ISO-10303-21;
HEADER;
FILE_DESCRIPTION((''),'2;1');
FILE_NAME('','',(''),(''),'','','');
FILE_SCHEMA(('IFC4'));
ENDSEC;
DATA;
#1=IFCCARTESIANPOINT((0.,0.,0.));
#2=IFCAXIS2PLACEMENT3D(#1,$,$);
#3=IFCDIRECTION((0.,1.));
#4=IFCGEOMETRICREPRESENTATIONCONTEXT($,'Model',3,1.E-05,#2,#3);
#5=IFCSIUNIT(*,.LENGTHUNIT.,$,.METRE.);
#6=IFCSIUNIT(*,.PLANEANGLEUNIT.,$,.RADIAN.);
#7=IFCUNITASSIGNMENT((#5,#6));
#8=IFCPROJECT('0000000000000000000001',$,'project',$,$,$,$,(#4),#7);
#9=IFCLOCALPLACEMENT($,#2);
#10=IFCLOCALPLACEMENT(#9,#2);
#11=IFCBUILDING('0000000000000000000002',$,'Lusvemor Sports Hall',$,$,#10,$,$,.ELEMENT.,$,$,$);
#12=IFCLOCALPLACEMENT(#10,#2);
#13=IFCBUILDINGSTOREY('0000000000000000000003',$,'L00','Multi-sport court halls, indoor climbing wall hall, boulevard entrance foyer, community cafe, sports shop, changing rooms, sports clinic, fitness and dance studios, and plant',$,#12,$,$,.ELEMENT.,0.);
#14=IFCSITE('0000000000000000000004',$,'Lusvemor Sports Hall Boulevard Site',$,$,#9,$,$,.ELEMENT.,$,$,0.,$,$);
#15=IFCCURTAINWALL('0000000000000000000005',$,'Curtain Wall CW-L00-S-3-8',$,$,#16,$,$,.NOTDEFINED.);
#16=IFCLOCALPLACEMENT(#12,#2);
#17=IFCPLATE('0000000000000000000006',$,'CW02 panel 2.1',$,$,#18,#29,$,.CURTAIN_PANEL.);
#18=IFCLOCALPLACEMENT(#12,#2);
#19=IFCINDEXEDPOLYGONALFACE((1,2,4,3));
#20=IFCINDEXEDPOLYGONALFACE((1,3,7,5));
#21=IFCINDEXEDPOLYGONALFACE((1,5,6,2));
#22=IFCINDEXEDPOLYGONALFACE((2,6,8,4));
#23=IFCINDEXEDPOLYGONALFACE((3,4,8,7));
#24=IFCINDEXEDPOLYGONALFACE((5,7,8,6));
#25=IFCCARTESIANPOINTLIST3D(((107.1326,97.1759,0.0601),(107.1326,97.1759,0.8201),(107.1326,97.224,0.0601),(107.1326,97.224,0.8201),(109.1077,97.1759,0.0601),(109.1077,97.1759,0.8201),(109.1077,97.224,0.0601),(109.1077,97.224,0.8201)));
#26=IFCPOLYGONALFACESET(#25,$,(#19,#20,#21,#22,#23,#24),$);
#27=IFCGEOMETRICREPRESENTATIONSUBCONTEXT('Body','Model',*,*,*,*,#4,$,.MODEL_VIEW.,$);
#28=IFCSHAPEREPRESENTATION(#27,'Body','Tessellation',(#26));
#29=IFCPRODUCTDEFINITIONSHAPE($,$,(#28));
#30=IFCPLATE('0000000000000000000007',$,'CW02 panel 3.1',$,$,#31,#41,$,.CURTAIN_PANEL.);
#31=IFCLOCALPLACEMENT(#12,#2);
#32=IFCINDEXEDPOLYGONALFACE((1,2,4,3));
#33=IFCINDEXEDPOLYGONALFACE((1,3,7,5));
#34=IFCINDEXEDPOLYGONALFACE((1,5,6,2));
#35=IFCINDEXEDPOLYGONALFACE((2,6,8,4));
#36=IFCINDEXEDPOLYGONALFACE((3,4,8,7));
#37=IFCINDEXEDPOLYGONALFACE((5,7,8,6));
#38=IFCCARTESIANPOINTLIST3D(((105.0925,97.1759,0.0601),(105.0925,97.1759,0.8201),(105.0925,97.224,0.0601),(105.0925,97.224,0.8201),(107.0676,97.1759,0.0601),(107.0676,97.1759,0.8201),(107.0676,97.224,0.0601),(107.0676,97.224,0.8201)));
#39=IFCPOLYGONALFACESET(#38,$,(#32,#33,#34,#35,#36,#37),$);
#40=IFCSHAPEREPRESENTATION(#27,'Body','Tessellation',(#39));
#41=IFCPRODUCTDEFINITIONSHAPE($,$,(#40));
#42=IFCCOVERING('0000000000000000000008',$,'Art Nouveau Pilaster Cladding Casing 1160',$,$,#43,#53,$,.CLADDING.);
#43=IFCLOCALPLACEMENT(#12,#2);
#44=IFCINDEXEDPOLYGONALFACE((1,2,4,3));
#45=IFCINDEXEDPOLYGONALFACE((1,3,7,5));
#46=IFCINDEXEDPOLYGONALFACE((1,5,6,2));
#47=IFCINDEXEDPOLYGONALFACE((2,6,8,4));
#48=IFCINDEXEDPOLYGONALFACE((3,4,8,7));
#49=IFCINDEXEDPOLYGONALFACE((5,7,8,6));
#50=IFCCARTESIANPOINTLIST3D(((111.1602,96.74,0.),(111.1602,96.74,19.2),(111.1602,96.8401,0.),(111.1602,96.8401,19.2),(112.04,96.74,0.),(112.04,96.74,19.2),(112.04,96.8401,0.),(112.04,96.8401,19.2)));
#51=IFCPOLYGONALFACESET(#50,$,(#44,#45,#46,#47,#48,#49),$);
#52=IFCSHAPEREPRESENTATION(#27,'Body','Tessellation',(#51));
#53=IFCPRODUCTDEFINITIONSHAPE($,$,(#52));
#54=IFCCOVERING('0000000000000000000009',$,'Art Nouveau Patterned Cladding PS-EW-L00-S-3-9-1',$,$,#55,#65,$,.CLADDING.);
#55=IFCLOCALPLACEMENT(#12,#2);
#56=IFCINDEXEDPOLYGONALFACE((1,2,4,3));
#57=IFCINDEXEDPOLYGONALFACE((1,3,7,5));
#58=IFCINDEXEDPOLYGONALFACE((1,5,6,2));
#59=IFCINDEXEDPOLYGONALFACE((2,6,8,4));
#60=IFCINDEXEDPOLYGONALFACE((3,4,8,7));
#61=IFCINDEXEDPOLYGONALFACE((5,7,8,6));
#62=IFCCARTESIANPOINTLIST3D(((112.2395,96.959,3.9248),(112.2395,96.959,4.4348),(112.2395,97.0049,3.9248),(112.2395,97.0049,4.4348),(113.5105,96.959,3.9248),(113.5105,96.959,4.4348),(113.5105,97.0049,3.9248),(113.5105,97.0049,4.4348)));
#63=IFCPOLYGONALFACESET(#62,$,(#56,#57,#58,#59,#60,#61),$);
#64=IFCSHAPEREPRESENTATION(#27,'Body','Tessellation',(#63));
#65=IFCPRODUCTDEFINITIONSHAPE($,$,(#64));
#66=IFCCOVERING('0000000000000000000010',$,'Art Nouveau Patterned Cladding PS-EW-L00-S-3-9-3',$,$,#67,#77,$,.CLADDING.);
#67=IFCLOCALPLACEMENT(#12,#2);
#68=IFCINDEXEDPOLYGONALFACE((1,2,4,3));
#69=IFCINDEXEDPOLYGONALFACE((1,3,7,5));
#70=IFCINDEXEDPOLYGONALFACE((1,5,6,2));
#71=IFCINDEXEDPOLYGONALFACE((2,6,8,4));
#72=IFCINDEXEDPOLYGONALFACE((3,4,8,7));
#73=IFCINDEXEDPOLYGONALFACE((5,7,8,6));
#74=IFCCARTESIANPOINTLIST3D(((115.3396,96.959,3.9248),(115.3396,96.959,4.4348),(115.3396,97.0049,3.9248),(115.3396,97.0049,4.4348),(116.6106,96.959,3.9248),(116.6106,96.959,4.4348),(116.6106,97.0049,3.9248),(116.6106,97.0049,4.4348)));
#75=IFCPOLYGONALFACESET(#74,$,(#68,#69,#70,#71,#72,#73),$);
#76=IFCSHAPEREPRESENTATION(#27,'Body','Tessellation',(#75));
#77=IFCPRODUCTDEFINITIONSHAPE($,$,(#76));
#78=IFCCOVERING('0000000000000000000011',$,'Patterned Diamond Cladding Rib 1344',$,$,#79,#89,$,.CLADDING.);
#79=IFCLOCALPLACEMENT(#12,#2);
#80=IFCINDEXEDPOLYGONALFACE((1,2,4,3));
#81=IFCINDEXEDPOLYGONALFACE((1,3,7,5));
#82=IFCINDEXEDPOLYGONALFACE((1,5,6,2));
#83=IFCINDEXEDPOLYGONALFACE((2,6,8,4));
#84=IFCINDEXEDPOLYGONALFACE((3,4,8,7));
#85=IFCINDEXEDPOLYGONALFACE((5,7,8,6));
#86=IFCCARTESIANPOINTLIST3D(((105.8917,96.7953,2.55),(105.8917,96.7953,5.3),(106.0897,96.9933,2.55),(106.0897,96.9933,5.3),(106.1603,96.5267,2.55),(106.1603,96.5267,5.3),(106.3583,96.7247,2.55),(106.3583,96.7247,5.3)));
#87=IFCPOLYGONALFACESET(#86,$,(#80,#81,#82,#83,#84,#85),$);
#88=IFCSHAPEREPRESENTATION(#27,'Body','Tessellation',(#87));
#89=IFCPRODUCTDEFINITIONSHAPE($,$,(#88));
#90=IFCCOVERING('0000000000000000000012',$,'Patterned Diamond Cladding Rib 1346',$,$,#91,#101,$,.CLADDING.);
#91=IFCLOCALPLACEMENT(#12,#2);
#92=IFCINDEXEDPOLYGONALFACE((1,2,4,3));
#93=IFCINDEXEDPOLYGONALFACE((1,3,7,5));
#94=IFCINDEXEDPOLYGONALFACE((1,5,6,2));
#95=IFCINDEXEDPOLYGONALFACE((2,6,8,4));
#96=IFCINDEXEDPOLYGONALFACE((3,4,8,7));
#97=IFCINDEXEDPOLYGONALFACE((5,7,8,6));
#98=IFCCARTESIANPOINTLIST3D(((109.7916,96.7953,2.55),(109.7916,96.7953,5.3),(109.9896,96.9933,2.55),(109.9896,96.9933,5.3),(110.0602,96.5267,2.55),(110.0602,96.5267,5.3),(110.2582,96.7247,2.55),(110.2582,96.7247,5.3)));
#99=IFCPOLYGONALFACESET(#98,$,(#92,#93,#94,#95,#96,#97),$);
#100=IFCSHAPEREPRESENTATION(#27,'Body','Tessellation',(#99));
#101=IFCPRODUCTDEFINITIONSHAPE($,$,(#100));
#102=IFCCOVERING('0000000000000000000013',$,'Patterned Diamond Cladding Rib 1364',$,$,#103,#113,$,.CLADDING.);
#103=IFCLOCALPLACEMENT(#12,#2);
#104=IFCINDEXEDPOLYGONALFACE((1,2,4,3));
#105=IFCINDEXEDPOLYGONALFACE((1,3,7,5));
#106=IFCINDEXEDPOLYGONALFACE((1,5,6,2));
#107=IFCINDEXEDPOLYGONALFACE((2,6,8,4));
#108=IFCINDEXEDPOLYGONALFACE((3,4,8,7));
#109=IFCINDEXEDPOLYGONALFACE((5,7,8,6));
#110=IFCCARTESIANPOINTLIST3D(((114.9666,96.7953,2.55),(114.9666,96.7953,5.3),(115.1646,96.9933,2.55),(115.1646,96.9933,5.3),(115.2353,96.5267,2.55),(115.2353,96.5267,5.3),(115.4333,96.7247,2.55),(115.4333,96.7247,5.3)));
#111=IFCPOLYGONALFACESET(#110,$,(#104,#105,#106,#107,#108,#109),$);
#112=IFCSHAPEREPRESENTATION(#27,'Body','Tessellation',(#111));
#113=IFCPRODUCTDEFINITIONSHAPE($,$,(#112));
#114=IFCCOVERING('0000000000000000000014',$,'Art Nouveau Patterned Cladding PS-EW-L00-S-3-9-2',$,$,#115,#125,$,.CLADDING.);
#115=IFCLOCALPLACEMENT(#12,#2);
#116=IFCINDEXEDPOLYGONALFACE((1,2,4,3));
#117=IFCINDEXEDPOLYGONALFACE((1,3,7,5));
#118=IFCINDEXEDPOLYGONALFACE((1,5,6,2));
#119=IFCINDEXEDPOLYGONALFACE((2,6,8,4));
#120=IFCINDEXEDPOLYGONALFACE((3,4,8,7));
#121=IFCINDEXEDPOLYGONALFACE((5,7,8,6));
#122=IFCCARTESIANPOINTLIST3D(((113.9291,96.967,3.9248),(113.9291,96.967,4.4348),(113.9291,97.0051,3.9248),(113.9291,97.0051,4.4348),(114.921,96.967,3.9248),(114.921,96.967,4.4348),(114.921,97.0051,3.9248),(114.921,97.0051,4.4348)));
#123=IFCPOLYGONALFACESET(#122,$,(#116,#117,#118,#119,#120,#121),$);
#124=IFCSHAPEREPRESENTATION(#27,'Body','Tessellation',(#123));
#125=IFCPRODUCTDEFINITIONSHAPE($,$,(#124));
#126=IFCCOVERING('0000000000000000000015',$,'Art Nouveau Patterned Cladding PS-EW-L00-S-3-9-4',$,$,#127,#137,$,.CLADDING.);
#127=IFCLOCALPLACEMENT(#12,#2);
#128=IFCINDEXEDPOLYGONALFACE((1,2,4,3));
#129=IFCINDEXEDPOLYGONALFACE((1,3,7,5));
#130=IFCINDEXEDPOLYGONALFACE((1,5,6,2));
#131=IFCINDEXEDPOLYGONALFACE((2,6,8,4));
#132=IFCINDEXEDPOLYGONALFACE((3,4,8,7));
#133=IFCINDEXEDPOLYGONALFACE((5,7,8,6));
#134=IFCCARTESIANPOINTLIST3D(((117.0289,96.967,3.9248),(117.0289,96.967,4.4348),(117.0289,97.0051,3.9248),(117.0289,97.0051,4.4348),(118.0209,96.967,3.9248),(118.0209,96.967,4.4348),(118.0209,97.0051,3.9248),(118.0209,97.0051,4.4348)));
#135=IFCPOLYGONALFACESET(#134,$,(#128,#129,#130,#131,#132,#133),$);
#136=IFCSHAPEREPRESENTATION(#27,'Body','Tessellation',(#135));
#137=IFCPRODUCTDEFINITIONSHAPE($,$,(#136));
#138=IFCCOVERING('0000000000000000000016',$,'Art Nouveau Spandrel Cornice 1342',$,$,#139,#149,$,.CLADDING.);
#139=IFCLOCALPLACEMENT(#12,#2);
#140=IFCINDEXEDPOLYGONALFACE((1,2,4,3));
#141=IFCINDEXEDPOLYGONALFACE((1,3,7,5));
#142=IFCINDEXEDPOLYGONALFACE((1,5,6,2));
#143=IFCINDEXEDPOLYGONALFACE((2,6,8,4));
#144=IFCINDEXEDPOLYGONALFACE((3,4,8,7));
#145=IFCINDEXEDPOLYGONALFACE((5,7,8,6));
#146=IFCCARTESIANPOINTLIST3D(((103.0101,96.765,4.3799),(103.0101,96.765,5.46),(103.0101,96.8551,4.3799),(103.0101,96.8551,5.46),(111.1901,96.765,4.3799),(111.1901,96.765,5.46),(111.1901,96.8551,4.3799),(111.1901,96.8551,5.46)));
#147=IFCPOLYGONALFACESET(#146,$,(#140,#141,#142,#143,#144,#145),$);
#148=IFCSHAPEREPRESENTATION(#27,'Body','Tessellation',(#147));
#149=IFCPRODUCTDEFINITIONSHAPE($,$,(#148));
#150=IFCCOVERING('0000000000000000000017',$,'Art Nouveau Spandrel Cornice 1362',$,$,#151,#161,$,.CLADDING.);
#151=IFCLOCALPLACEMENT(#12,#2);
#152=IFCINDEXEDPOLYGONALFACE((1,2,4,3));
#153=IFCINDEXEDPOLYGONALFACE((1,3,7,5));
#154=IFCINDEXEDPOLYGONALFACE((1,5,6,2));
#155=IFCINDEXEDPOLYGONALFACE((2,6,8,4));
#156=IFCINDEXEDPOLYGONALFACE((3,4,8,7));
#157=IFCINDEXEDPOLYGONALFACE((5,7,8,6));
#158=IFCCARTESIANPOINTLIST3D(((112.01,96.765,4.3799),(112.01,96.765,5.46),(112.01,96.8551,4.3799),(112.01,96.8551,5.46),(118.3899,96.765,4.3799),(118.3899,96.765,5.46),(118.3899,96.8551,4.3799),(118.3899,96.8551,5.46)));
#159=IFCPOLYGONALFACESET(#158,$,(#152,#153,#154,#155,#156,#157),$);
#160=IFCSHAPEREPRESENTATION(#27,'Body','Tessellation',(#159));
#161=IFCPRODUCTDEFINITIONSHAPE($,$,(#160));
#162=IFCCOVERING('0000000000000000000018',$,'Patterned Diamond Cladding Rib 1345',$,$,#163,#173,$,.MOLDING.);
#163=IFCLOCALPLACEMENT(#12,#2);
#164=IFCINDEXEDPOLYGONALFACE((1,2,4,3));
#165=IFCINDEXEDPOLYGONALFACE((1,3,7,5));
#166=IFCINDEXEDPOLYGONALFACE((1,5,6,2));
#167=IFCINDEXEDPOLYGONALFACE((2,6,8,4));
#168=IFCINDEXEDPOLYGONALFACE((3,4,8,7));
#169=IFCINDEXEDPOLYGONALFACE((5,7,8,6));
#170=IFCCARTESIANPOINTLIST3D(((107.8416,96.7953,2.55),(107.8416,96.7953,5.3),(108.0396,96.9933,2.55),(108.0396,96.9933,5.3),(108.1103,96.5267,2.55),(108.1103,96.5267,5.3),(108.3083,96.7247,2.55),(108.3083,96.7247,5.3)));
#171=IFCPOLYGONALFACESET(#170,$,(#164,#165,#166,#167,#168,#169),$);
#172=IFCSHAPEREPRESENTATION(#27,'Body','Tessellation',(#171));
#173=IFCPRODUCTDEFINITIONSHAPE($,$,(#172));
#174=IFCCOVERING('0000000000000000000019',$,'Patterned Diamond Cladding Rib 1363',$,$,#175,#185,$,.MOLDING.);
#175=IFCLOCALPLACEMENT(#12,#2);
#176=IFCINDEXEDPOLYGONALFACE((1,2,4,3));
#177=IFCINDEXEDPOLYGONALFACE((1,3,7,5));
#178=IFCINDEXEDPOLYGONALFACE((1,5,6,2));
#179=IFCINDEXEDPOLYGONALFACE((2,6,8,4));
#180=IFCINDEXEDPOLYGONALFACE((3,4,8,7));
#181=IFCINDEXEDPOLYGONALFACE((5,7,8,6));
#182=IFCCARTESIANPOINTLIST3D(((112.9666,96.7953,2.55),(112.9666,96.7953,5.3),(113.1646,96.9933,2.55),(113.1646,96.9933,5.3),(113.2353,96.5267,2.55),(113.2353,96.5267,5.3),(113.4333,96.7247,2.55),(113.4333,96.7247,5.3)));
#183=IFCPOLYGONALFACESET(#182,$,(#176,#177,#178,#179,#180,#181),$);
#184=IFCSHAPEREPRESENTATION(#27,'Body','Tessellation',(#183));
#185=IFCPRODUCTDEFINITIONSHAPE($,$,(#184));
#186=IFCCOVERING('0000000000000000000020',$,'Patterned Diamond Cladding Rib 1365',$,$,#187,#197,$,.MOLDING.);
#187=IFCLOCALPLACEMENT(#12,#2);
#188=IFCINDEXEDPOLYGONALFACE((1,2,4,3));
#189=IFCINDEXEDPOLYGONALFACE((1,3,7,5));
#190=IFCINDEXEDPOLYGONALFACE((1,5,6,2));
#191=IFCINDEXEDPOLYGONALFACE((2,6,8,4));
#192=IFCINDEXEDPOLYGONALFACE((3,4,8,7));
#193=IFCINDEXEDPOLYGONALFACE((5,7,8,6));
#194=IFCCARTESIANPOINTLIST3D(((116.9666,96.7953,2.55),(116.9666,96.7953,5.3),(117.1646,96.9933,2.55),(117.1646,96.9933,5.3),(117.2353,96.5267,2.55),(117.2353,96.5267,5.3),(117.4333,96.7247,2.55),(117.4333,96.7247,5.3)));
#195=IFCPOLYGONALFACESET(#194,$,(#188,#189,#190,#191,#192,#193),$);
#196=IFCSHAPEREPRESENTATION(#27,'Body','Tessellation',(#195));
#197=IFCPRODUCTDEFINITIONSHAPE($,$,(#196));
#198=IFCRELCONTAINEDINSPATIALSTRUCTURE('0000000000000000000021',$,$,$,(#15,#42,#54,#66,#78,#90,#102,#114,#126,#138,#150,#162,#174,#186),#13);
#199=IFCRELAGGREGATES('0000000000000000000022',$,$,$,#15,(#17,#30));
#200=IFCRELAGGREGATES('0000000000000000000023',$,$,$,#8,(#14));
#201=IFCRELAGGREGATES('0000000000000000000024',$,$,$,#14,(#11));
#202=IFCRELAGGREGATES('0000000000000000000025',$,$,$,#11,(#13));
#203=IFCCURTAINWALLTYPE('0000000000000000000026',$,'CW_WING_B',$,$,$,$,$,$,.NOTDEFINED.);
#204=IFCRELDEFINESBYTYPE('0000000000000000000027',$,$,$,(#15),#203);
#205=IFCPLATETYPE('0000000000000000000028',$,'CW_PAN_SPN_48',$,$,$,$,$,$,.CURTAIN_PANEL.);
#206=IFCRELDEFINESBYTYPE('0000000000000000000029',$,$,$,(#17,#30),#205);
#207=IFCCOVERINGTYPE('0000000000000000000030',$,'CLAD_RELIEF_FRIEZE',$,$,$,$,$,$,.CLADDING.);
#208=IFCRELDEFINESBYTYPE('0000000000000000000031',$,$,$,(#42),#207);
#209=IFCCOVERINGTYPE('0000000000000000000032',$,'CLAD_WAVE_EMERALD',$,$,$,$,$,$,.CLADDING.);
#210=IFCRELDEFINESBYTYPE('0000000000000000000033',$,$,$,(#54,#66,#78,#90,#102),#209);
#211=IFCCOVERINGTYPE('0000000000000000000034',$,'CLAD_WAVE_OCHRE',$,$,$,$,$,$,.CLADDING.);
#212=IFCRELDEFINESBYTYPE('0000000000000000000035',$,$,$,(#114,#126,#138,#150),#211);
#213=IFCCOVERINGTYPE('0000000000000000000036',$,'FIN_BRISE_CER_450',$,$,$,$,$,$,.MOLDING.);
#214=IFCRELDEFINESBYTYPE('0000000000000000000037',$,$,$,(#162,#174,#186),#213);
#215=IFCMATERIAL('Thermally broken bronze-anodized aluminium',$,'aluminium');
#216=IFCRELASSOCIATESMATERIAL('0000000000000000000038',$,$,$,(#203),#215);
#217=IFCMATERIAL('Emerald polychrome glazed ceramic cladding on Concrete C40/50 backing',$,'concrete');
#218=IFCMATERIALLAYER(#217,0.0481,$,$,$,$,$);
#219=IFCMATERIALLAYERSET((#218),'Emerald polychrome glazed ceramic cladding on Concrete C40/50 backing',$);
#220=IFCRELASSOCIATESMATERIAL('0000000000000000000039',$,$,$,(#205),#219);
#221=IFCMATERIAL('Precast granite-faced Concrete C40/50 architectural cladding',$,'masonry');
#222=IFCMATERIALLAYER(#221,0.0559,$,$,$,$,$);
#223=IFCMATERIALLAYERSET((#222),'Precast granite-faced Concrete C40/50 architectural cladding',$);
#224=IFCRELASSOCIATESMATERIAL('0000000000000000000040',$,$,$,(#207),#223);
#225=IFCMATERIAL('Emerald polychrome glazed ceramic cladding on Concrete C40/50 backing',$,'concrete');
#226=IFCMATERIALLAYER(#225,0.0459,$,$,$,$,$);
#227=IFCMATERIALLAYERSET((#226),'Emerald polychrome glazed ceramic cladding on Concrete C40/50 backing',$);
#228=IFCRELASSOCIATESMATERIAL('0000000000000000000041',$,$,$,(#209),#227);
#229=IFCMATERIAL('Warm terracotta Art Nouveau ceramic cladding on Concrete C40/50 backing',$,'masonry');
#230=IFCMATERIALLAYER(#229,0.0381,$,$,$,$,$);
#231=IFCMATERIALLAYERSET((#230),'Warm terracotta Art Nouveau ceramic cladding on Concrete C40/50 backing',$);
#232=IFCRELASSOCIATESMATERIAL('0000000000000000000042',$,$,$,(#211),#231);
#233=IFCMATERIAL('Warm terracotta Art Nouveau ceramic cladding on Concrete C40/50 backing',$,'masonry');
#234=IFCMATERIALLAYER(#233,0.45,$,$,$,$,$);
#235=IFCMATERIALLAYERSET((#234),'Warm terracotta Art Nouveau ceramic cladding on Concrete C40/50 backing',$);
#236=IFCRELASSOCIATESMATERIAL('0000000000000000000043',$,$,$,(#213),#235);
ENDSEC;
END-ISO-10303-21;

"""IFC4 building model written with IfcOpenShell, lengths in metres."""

from ifc_helpers import new_model, si_unit, direction, frame, origin, origin_2d, place, context, subcontext, project, spatial, rectangle, extrude, material, layer, layer_set, type_object, element, aggregate, save


model = new_model("IFC4")

# Units and contexts
model_context = context("Model", 3, precision=1e-05, world=origin(), true_north=direction((0.0, 1.0)))
body_context = subcontext(model_context, "Body", "Model", "MODEL_VIEW")
ifc_project = project(units=[si_unit("LENGTHUNIT", "METRE"), si_unit("PLANEANGLEUNIT", "RADIAN")], contexts=[model_context])

# Site, building, storey
site_placement = place(None, origin())
site = spatial("IfcSite", under=ifc_project, at=site_placement, Name="Lusvemor Sports Hall Boulevard Site", CompositionType="ELEMENT", RefElevation=0.0)
building_placement = place(site_placement, origin())
building = spatial("IfcBuilding", under=site, at=building_placement, Name="Lusvemor Sports Hall", CompositionType="ELEMENT")
storey_placement = place(building_placement, origin())
storey = spatial("IfcBuildingStorey", under=building, at=storey_placement, Name="L00", Description="Multi-sport court halls, indoor climbing wall hall, boulevard entrance foyer, community cafe, sports shop, changing rooms, sports clinic, fitness and dance studios, and plant", CompositionType="ELEMENT", Elevation=0.0)

# Curtain wall, plates
ifc_material_1 = material(Name="Thermally broken bronze-anodized aluminium", Category="aluminium")
curtain_wall_type = type_object("IfcCurtainWallType", Name="CW_WING_B", PredefinedType="NOTDEFINED", material=ifc_material_1)
curtain_wall_placement = place(storey_placement, origin())
curtain_wall = element("IfcCurtainWall", 1, at=curtain_wall_placement, inside=storey, type_object=curtain_wall_type, Name="Curtain Wall CW-L00-S-3-8", PredefinedType="NOTDEFINED")
ifc_material_2 = material(Name="Emerald polychrome glazed ceramic cladding on Concrete C40/50 backing", Category="concrete")
ifc_layer_1 = layer(ifc_material_2, 0.0481)
ifc_layer_set_1 = layer_set([ifc_layer_1], Name="Emerald polychrome glazed ceramic cladding on Concrete C40/50 backing")
plate_type_1 = type_object("IfcPlateType", Name="CW_PAN_SPN_48", PredefinedType="CURTAIN_PANEL", material=ifc_layer_set_1)
plate_1_placement = place(storey_placement, frame((108.1201, 97.2, 0.0601), z_axis=(0.0, 0.0, 1.0), x_axis=(-1.0, 0.0, 0.0)))
plate_1 = element("IfcPlate", 2, at=plate_1_placement, type_object=plate_type_1, Name="CW02 panel 2.1", PredefinedType="CURTAIN_PANEL", context=body_context, shape_type="SweptSolid", body=[
    extrude(rectangle(XDim=1.9751, YDim=0.0481, at=origin_2d()), origin(), (0.0, 0.0, 1.0), 0.76),
])
plate_2_placement = place(storey_placement, frame((106.0801, 97.2, 0.0601), z_axis=(0.0, 0.0, 1.0), x_axis=(-1.0, 0.0, 0.0)))
plate_2 = element("IfcPlate", 3, at=plate_2_placement, type_object=plate_type_1, Name="CW02 panel 3.1", PredefinedType="CURTAIN_PANEL", context=body_context, shape_type="SweptSolid", body=[
    extrude(rectangle(XDim=1.9751, YDim=0.0481, at=origin_2d()), origin(), (0.0, 0.0, 1.0), 0.76),
])
aggregate(curtain_wall, [plate_1, plate_2])

# Coverings
ifc_material_3 = material(Name="Precast granite-faced Concrete C40/50 architectural cladding", Category="masonry")
ifc_layer_2 = layer(ifc_material_3, 0.0559)
ifc_layer_set_2 = layer_set([ifc_layer_2], Name="Precast granite-faced Concrete C40/50 architectural cladding")
covering_type_1 = type_object("IfcCoveringType", Name="CLAD_RELIEF_FRIEZE", PredefinedType="CLADDING", material=ifc_layer_set_2)
covering_1_placement = place(storey_placement, frame((111.6001, 96.79, 0.0), z_axis=(0.0, 0.0, 1.0), x_axis=(1.0, 0.0, 0.0)))
element("IfcCovering", 4, at=covering_1_placement, inside=storey, type_object=covering_type_1, Name="Art Nouveau Pilaster Cladding Casing 1160", PredefinedType="CLADDING", context=body_context, shape_type="SweptSolid", body=[
    extrude(rectangle(XDim=0.8799, YDim=0.1001, at=origin_2d()), origin(), (0.0, 0.0, 1.0), 19.2),
])
ifc_material_4 = material(Name="Emerald polychrome glazed ceramic cladding on Concrete C40/50 backing", Category="concrete")
ifc_layer_3 = layer(ifc_material_4, 0.0459)
ifc_layer_set_3 = layer_set([ifc_layer_3], Name="Emerald polychrome glazed ceramic cladding on Concrete C40/50 backing")
covering_type_2 = type_object("IfcCoveringType", Name="CLAD_WAVE_EMERALD", PredefinedType="CLADDING", material=ifc_layer_set_3)
for number, where, z_axis, x_axis, name in (
    (5, (112.875, 96.9819, 3.9248), (0.0, 0.0, 1.0), (1.0, 0.0, 0.0), "Art Nouveau Patterned Cladding PS-EW-L00-S-3-9-1"),
    (6, (115.9751, 96.9819, 3.9248), (0.0, 0.0, 1.0), (1.0, 0.0, 0.0), "Art Nouveau Patterned Cladding PS-EW-L00-S-3-9-3"),
):
    element("IfcCovering", number, at=place(storey_placement, frame(where, z_axis=z_axis, x_axis=x_axis)), inside=storey, type_object=covering_type_2, Name=name, PredefinedType="CLADDING", context=body_context, shape_type="SweptSolid", body=[
        extrude(rectangle(XDim=1.271, YDim=0.0459, at=origin_2d()), origin(), (0.0, 0.0, 1.0), 0.51),
    ])
for number, where, z_axis, x_axis, name in (
    (7, (106.125, 96.76, 2.55), (0.0, 0.0, 1.0), (0.707107, 0.707107, 0.0), "Patterned Diamond Cladding Rib 1344"),
    (8, (110.0249, 96.76, 2.55), (0.0, 0.0, 1.0), (0.707107, 0.707107, 0.0), "Patterned Diamond Cladding Rib 1346"),
    (9, (115.2, 96.76, 2.55), (0.0, 0.0, 1.0), (0.707107, 0.707107, 0.0), "Patterned Diamond Cladding Rib 1364"),
):
    element("IfcCovering", number, at=place(storey_placement, frame(where, z_axis=z_axis, x_axis=x_axis)), inside=storey, type_object=covering_type_2, Name=name, PredefinedType="CLADDING", context=body_context, shape_type="SweptSolid", body=[
        extrude(rectangle(XDim=0.28, YDim=0.3799, at=origin_2d()), origin(), (0.0, 0.0, 1.0), 2.75),
    ])
ifc_material_5 = material(Name="Warm terracotta Art Nouveau ceramic cladding on Concrete C40/50 backing", Category="masonry")
ifc_layer_4 = layer(ifc_material_5, 0.0381)
ifc_layer_set_4 = layer_set([ifc_layer_4], Name="Warm terracotta Art Nouveau ceramic cladding on Concrete C40/50 backing")
covering_type_3 = type_object("IfcCoveringType", Name="CLAD_WAVE_OCHRE", PredefinedType="CLADDING", material=ifc_layer_set_4)
for number, where, z_axis, x_axis, name in (
    (10, (114.425, 96.9861, 3.9248), (0.0, 0.0, 1.0), (1.0, 0.0, 0.0), "Art Nouveau Patterned Cladding PS-EW-L00-S-3-9-2"),
    (11, (117.5249, 96.9861, 3.9248), (0.0, 0.0, 1.0), (1.0, 0.0, 0.0), "Art Nouveau Patterned Cladding PS-EW-L00-S-3-9-4"),
):
    element("IfcCovering", number, at=place(storey_placement, frame(where, z_axis=z_axis, x_axis=x_axis)), inside=storey, type_object=covering_type_3, Name=name, PredefinedType="CLADDING", context=body_context, shape_type="SweptSolid", body=[
        extrude(rectangle(XDim=0.9919, YDim=0.0381, at=origin_2d()), origin(), (0.0, 0.0, 1.0), 0.51),
    ])
covering_2_placement = place(storey_placement, frame((107.1001, 96.8101, 4.3799), z_axis=(0.0, 0.0, 1.0), x_axis=(1.0, 0.0, 0.0)))
element("IfcCovering", 12, at=covering_2_placement, inside=storey, type_object=covering_type_3, Name="Art Nouveau Spandrel Cornice 1342", PredefinedType="CLADDING", context=body_context, shape_type="SweptSolid", body=[
    extrude(rectangle(XDim=8.1799, YDim=0.0901, at=origin_2d()), origin(), (0.0, 0.0, 1.0), 1.0801),
])
covering_3_placement = place(storey_placement, frame((115.2, 96.8101, 4.3799), z_axis=(0.0, 0.0, 1.0), x_axis=(1.0, 0.0, 0.0)))
element("IfcCovering", 13, at=covering_3_placement, inside=storey, type_object=covering_type_3, Name="Art Nouveau Spandrel Cornice 1362", PredefinedType="CLADDING", context=body_context, shape_type="SweptSolid", body=[
    extrude(rectangle(XDim=6.3799, YDim=0.0901, at=origin_2d()), origin(), (0.0, 0.0, 1.0), 1.0801),
])
ifc_material_6 = material(Name="Warm terracotta Art Nouveau ceramic cladding on Concrete C40/50 backing", Category="masonry")
ifc_layer_5 = layer(ifc_material_6, 0.45)
ifc_layer_set_5 = layer_set([ifc_layer_5], Name="Warm terracotta Art Nouveau ceramic cladding on Concrete C40/50 backing")
covering_type_4 = type_object("IfcCoveringType", Name="FIN_BRISE_CER_450", PredefinedType="MOLDING", material=ifc_layer_set_5)
for number, where, z_axis, x_axis, name in (
    (14, (108.075, 96.76, 2.55), (0.0, 0.0, 1.0), (0.707107, 0.707107, 0.0), "Patterned Diamond Cladding Rib 1345"),
    (15, (113.2, 96.76, 2.55), (0.0, 0.0, 1.0), (0.707107, 0.707107, 0.0), "Patterned Diamond Cladding Rib 1363"),
    (16, (117.2, 96.76, 2.55), (0.0, 0.0, 1.0), (0.707107, 0.707107, 0.0), "Patterned Diamond Cladding Rib 1365"),
):
    element("IfcCovering", number, at=place(storey_placement, frame(where, z_axis=z_axis, x_axis=x_axis)), inside=storey, type_object=covering_type_4, Name=name, PredefinedType="MOLDING", context=body_context, shape_type="SweptSolid", body=[
        extrude(rectangle(XDim=0.28, YDim=0.3799, at=origin_2d()), origin(), (0.0, 0.0, 1.0), 2.75),
    ])

save(model, "model.ifc")
